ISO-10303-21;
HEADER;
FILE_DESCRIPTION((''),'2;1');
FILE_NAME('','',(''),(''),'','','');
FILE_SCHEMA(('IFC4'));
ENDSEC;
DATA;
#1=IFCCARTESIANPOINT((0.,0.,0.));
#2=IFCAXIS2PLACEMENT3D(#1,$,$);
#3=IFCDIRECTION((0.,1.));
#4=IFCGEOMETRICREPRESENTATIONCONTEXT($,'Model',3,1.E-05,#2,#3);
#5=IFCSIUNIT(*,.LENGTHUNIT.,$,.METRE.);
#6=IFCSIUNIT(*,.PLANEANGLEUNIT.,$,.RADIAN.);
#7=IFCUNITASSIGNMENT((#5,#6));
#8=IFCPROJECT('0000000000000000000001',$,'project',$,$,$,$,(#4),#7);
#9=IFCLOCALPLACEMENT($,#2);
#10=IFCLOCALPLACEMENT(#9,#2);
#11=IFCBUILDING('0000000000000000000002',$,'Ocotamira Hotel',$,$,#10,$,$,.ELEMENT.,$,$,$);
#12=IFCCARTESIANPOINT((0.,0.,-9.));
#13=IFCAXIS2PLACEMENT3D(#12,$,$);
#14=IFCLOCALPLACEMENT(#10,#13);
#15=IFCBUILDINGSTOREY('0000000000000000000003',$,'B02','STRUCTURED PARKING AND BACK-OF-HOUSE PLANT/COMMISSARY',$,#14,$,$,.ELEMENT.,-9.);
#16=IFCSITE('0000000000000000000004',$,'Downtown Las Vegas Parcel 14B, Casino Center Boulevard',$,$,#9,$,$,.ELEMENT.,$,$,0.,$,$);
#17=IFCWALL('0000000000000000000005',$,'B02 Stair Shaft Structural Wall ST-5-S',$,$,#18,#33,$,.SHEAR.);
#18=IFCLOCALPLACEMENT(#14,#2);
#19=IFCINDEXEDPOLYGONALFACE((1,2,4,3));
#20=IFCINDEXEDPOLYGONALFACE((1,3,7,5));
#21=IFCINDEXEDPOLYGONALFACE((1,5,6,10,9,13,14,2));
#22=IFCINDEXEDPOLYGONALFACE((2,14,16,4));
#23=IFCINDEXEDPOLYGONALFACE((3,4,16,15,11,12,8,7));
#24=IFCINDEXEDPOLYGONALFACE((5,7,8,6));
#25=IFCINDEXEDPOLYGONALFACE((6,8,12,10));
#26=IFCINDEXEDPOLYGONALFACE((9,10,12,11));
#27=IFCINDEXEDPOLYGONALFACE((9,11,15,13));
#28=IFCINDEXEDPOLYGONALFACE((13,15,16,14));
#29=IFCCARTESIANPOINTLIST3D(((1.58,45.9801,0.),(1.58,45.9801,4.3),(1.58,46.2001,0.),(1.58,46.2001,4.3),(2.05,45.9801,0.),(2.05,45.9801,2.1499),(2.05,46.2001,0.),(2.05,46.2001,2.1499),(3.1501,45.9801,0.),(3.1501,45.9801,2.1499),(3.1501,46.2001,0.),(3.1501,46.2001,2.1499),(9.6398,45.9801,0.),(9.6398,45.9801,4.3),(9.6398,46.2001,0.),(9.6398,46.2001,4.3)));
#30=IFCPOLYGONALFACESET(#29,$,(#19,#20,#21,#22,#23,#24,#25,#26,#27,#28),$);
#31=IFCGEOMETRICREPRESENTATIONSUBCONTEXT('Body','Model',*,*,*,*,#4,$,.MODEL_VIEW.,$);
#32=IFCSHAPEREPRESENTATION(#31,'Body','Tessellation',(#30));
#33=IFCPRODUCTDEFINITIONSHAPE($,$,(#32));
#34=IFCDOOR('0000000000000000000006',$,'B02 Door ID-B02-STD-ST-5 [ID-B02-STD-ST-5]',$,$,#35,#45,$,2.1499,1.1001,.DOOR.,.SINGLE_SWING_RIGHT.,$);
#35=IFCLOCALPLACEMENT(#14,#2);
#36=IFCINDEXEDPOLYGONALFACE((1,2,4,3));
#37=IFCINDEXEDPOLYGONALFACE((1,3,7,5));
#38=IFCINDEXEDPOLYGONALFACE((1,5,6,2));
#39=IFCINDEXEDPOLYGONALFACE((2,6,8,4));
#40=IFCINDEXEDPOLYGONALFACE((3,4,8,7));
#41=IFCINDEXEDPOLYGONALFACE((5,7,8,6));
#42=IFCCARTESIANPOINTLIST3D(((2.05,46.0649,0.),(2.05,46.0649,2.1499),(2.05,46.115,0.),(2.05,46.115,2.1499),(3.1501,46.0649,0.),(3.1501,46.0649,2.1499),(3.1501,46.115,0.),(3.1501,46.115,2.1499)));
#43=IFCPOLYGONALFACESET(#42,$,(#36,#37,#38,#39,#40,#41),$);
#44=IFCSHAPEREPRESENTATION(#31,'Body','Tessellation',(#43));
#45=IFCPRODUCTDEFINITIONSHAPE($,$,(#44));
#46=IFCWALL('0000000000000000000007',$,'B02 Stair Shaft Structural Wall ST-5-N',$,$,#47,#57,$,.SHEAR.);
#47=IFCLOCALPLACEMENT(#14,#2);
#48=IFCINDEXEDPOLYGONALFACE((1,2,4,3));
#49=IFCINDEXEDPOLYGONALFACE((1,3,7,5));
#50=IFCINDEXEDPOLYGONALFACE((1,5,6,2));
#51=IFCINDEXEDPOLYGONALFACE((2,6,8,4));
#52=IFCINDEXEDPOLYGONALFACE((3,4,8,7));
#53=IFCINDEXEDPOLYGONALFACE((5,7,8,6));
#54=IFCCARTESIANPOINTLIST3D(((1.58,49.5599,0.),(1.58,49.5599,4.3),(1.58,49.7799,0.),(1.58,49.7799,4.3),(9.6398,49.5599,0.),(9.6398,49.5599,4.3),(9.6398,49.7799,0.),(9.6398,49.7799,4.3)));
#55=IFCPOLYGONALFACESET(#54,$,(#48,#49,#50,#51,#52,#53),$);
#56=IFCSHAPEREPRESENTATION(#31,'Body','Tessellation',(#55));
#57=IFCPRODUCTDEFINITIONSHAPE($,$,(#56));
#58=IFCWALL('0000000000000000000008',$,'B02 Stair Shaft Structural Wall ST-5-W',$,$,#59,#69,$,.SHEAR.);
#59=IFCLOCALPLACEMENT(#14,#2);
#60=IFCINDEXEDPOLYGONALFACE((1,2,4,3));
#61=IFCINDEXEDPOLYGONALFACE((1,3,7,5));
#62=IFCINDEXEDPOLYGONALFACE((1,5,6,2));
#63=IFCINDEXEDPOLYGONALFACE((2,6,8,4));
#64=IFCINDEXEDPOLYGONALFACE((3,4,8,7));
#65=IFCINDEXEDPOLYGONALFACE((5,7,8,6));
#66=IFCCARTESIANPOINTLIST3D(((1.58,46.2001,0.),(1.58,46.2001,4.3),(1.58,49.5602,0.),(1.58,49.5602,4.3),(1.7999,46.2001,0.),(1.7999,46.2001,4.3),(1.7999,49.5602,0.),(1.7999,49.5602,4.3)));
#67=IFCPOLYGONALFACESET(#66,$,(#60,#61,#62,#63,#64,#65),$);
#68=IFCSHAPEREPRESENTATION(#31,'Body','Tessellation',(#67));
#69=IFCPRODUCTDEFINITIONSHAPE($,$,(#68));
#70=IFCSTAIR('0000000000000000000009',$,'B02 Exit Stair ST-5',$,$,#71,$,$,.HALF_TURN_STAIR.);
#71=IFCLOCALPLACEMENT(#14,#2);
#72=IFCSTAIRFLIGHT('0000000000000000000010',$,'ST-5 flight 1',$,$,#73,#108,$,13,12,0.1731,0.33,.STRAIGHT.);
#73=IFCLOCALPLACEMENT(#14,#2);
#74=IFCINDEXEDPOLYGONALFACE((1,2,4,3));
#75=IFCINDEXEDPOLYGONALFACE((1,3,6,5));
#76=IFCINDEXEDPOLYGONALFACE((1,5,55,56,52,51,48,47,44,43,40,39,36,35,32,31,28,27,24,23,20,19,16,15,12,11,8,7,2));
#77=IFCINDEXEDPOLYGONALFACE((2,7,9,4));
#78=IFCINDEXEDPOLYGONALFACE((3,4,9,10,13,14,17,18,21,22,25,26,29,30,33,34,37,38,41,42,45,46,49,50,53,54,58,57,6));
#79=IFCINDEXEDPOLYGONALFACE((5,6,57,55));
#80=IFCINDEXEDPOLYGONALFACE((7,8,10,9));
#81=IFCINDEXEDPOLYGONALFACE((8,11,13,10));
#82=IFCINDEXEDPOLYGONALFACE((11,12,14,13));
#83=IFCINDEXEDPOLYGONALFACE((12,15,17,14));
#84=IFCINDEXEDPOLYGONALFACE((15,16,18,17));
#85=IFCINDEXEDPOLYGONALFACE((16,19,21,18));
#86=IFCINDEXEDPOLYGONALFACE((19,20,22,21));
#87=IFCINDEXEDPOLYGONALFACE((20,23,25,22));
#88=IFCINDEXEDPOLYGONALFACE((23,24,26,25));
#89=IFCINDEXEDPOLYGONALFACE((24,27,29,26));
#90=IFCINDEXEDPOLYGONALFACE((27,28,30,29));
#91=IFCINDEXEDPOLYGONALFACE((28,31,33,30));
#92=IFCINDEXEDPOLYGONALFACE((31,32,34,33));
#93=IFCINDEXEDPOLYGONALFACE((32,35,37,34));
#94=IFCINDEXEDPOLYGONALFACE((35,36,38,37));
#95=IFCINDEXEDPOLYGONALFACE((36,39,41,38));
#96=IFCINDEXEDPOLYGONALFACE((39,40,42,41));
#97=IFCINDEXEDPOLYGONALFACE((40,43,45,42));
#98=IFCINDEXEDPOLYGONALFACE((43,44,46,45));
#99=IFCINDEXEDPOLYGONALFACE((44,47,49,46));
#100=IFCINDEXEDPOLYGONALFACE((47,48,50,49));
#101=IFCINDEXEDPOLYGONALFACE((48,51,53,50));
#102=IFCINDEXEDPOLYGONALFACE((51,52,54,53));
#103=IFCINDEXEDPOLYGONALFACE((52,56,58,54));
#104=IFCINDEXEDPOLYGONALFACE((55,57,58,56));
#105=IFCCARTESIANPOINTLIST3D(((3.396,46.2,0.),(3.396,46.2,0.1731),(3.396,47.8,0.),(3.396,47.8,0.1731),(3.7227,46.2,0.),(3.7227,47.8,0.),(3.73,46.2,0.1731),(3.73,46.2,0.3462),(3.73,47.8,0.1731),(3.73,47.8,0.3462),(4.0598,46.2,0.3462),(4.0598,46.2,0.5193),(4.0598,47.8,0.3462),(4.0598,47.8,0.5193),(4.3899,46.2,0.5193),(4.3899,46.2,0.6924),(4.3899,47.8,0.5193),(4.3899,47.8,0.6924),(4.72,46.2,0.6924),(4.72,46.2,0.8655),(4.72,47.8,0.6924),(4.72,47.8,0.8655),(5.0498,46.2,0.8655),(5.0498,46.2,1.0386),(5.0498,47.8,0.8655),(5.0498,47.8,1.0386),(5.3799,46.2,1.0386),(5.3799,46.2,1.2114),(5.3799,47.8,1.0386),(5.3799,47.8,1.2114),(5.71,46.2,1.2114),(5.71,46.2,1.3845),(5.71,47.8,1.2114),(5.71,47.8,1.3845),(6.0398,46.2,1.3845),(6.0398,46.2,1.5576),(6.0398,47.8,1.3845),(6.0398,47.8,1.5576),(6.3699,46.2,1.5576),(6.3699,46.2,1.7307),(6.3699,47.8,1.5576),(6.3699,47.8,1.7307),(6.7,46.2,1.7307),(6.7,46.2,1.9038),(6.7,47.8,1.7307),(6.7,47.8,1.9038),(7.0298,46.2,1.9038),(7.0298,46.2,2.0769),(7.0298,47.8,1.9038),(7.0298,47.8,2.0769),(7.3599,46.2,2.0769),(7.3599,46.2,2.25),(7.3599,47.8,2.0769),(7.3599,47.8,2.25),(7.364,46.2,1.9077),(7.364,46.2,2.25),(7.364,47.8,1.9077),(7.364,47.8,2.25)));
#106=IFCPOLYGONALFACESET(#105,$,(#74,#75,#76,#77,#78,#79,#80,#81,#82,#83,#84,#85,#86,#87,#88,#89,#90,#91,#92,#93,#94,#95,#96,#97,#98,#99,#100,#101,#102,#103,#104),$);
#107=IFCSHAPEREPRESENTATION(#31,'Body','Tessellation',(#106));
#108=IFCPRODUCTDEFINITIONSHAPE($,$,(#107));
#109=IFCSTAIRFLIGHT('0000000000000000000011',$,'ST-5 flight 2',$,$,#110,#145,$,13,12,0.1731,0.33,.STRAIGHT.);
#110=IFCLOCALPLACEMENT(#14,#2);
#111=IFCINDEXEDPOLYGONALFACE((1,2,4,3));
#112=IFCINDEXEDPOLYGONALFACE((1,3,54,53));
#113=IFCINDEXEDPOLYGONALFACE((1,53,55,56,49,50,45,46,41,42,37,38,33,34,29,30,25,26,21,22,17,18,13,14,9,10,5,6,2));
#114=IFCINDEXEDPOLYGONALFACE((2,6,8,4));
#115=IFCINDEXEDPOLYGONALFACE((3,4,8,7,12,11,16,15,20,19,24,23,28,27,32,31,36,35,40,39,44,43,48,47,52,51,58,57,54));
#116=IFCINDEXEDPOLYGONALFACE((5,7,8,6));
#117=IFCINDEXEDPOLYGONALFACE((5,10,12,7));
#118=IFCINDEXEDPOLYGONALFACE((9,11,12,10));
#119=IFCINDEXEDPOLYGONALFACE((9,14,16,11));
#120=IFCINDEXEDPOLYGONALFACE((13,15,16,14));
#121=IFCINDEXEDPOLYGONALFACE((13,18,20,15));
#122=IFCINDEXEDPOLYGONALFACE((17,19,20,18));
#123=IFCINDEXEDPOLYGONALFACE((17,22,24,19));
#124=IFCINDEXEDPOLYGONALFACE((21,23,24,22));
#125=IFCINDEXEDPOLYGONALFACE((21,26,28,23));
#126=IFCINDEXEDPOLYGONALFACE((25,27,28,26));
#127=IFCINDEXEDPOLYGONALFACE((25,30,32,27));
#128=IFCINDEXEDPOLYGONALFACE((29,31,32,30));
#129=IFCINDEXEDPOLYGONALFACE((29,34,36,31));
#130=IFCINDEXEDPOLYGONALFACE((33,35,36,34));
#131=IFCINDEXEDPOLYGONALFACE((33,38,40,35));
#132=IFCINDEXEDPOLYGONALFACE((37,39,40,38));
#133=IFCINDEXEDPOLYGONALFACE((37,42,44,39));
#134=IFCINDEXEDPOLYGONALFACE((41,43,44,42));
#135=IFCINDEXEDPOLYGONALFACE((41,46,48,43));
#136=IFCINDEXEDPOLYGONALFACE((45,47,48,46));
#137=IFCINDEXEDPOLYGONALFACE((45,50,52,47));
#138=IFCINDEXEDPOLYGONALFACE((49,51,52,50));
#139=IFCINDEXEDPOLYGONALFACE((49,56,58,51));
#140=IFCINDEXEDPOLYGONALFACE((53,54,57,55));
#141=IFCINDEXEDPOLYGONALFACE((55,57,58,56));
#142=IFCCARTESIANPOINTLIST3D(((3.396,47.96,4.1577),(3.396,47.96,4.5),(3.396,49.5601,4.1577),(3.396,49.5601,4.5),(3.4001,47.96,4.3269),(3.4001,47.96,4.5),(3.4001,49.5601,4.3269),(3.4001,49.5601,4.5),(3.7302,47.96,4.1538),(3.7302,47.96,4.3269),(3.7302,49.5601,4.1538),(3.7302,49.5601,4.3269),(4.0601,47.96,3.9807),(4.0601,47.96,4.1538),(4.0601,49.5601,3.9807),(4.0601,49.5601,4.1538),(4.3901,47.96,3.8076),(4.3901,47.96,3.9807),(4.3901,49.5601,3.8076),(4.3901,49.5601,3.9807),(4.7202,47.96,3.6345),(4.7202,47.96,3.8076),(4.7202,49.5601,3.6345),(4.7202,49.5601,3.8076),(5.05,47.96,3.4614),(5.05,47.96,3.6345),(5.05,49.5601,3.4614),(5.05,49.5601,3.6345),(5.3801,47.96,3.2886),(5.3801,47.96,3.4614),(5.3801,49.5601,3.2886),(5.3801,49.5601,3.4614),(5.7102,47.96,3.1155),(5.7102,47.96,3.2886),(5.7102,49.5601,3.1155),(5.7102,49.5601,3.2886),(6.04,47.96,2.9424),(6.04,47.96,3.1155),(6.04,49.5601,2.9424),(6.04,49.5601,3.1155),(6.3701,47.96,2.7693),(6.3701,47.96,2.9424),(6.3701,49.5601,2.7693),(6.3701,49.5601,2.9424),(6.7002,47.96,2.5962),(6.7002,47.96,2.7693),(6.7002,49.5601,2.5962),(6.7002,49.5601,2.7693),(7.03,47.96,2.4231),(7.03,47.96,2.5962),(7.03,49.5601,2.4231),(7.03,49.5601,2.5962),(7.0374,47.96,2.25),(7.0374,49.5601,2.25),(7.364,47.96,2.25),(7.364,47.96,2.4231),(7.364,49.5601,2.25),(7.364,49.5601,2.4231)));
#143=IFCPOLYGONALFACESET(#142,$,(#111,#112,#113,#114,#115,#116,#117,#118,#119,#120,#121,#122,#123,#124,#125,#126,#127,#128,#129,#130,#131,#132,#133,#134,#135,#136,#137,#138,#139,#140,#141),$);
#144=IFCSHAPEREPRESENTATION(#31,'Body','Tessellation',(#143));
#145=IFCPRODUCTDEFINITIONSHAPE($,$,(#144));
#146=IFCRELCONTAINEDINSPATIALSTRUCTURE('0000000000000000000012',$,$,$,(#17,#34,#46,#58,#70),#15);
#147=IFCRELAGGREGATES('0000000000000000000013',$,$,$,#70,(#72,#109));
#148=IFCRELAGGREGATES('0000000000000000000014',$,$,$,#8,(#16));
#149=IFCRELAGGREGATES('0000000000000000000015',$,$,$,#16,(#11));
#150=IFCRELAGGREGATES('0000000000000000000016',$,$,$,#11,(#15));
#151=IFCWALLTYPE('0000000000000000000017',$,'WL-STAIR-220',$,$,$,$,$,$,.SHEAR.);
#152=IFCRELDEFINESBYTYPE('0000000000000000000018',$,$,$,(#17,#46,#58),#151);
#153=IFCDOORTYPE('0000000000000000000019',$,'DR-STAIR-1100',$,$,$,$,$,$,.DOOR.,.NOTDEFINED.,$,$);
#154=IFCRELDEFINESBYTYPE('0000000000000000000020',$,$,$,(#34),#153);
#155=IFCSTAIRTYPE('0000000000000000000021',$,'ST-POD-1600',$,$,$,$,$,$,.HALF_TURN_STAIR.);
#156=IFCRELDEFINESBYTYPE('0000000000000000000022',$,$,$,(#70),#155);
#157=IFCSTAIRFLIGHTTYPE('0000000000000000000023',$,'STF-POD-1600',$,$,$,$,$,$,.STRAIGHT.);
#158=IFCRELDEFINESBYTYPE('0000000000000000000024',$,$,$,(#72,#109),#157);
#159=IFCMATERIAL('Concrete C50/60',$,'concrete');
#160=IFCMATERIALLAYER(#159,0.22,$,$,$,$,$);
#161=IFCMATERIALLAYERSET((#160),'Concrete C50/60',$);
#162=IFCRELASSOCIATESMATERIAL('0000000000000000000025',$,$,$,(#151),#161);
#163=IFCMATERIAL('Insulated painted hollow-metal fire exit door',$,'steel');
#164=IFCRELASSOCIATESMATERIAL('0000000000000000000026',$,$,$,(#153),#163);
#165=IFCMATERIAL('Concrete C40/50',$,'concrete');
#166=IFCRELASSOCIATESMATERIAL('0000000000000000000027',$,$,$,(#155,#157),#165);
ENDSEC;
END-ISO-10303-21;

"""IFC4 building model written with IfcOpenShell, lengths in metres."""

from ifc_helpers import new_model, si_unit, direction, frame, frame_2d, origin, place, context, subcontext, project, spatial, polyline, rectangle, outline, extrude, source, transform, mapped, material, layer, layer_set, type_object, element, fill, aggregate, save


model = new_model("IFC4")

# Units and contexts
model_context = context("Model", 3, precision=1e-05, world=origin(), true_north=direction((0.0, 1.0)))
body_context = subcontext(model_context, "Body", "Model", "MODEL_VIEW")
ifc_project = project(units=[si_unit("LENGTHUNIT", "METRE"), si_unit("PLANEANGLEUNIT", "RADIAN")], contexts=[model_context])

# Site, building, storey
site_placement = place(None, origin())
site = spatial("IfcSite", under=ifc_project, at=site_placement, Name="Downtown Las Vegas Parcel 14B, Casino Center Boulevard", CompositionType="ELEMENT", RefElevation=0.0)
building_placement = place(site_placement, origin())
building = spatial("IfcBuilding", under=site, at=building_placement, Name="Ocotamira Hotel", CompositionType="ELEMENT")
storey_placement = place(building_placement, frame((0.0, 0.0, -9.0)))
storey = spatial("IfcBuildingStorey", under=building, at=storey_placement, Name="B02", Description="STRUCTURED PARKING AND BACK-OF-HOUSE PLANT/COMMISSARY", CompositionType="ELEMENT", Elevation=-9.0)

# Shared definitions
ifc_material_1 = material(Name="Concrete C50/60", Category="concrete")

# Wall, opening, door
ifc_layer_1 = layer(ifc_material_1, 0.22)
ifc_layer_set_1 = layer_set([ifc_layer_1], Name="Concrete C50/60")
wall_type_1 = type_object("IfcWallType", Name="WL-STAIR-220", PredefinedType="SHEAR", material=ifc_layer_set_1)
wall_1_placement = place(storey_placement, frame((1.5801, 46.0901, 0.0), z_axis=(0.0, 0.0, 1.0), x_axis=(1.0, 0.0, 0.0)))
wall_1 = element("IfcWall", 1, at=wall_1_placement, inside=storey, type_object=wall_type_1, Name="B02 Stair Shaft Structural Wall ST-5-S", PredefinedType="SHEAR", context=body_context, shape_type="SweptSolid", body=[
    extrude(rectangle(XDim=8.0598, YDim=0.22, at=frame_2d((4.0298, 0.0))), origin(), (0.0, 0.0, 1.0), 4.3),
])
opening_placement = place(wall_1_placement, frame((0.47, 0.0, 0.0)))
opening = element("IfcOpeningElement", 2, at=opening_placement, cuts=wall_1, PredefinedType="OPENING", context=body_context, shape_type="SweptSolid", body=[
    extrude(rectangle(XDim=1.1001, YDim=2.1499, at=frame_2d((0.55, 1.075))), frame((0.0, 0.1201, 0.0), z_axis=(0.0, -1.0, 0.0), x_axis=(1.0, 0.0, 0.0)), (0.0, 0.0, 1.0), 0.24),
])
ifc_material_2 = material(Name="Insulated painted hollow-metal fire exit door", Category="steel")
door_type = type_object("IfcDoorType", Name="DR-STAIR-1100", OperationType="NOTDEFINED", PredefinedType="DOOR", material=ifc_material_2)
shared_shape_1 = source(origin(), body_context, "Body", "SweptSolid", [
    extrude(rectangle(XDim=1.1001, YDim=2.1499, at=frame_2d((0.55, 1.075))), frame((0.0, 0.0249, 0.0), z_axis=(0.0, -1.0, 0.0), x_axis=(1.0, 0.0, 0.0)), (0.0, 0.0, 1.0), 0.05),
])
door_placement = place(opening_placement, origin())
door = element("IfcDoor", 3, at=door_placement, inside=storey, type_object=door_type, Name="B02 Door ID-B02-STD-ST-5 [ID-B02-STD-ST-5]", OperationType="SINGLE_SWING_RIGHT", OverallHeight=2.1499, OverallWidth=1.1001, PredefinedType="DOOR", context=body_context, shape_type="MappedRepresentation", body=[
    mapped(shared_shape_1, transform((0.0, 0.0, 0.0), scale=1.0)),
])
fill(opening, door)

# Walls
wall_2_placement = place(storey_placement, frame((1.5801, 49.6699, 0.0), z_axis=(0.0, 0.0, 1.0), x_axis=(1.0, 0.0, 0.0)))
element("IfcWall", 4, at=wall_2_placement, inside=storey, type_object=wall_type_1, Name="B02 Stair Shaft Structural Wall ST-5-N", PredefinedType="SHEAR", context=body_context, shape_type="SweptSolid", body=[
    extrude(rectangle(XDim=8.0598, YDim=0.22, at=frame_2d((4.0298, 0.0))), origin(), (0.0, 0.0, 1.0), 4.3),
])
wall_3_placement = place(storey_placement, frame((1.6899, 46.2, 0.0), z_axis=(0.0, 0.0, 1.0), x_axis=(0.0, 1.0, 0.0)))
element("IfcWall", 5, at=wall_3_placement, inside=storey, type_object=wall_type_1, Name="B02 Stair Shaft Structural Wall ST-5-W", PredefinedType="SHEAR", context=body_context, shape_type="SweptSolid", body=[
    extrude(rectangle(XDim=3.3601, YDim=0.22, at=frame_2d((1.6802, 0.0))), origin(), (0.0, 0.0, 1.0), 4.3),
])

# Stair, stair flights
ifc_material_3 = material(Name="Concrete C40/50", Category="concrete")
stair_type = type_object("IfcStairType", Name="ST-POD-1600", PredefinedType="HALF_TURN_STAIR", material=ifc_material_3)
stair_placement = place(storey_placement, origin())
stair = element("IfcStair", 6, at=stair_placement, inside=storey, type_object=stair_type, Name="B02 Exit Stair ST-5", PredefinedType="HALF_TURN_STAIR")
stair_flight_type = type_object("IfcStairFlightType", Name="STF-POD-1600", PredefinedType="STRAIGHT", material=ifc_material_3)
shared_shape_2 = source(origin(), body_context, "Body", "SweptSolid", [
    extrude(outline(polyline([(-0.0039, 0.0), (-0.0039, 0.1731), (0.3301, 0.1731), (0.3301, 0.3462), (0.6599, 0.3462), (0.6599, 0.5193), (0.99, 0.5193), (0.99, 0.6924), (1.3201, 0.6924), (1.3201, 0.8655), (1.6499, 0.8655), (1.6499, 1.0386), (1.98, 1.0386), (1.98, 1.2114), (2.3101, 1.2114), (2.3101, 1.3845), (2.6399, 1.3845), (2.6399, 1.5576), (2.97, 1.5576), (2.97, 1.7307), (3.3, 1.7307), (3.3, 1.9038), (3.6299, 1.9038), (3.6299, 2.0769), (3.96, 2.0769), (3.96, 2.25), (3.9641, 2.25), (3.9641, 1.9077), (0.3228, 0.0), (-0.0039, 0.0)])), frame((0.0, 0.8, 0.0), z_axis=(0.0, -1.0, 0.0), x_axis=(1.0, 0.0, 0.0)), (0.0, 0.0, 1.0), 1.6001),
])
stair_flight_1_placement = place(storey_placement, frame((3.3999, 47.0, 0.0), z_axis=(0.0, 0.0, 1.0), x_axis=(1.0, 0.0, 0.0)))
stair_flight_1 = element("IfcStairFlight", 7, at=stair_flight_1_placement, type_object=stair_flight_type, Name="ST-5 flight 1", NumberOfRisers=13, NumberOfTreads=12, PredefinedType="STRAIGHT", RiserHeight=0.1731, TreadLength=0.33, context=body_context, shape_type="MappedRepresentation", body=[
    mapped(shared_shape_2, transform((0.0, 0.0, 0.0), scale=1.0)),
])
stair_flight_2_placement = place(storey_placement, frame((7.3601, 48.76, 2.25), z_axis=(0.0, 0.0, 1.0), x_axis=(-1.0, 0.0, 0.0)))
stair_flight_2 = element("IfcStairFlight", 8, at=stair_flight_2_placement, type_object=stair_flight_type, Name="ST-5 flight 2", NumberOfRisers=13, NumberOfTreads=12, PredefinedType="STRAIGHT", RiserHeight=0.1731, TreadLength=0.33, context=body_context, shape_type="MappedRepresentation", body=[
    mapped(shared_shape_2, transform((0.0, 0.0, 0.0), scale=1.0)),
])
aggregate(stair, [stair_flight_1, stair_flight_2])

save(model, "model.ifc")
